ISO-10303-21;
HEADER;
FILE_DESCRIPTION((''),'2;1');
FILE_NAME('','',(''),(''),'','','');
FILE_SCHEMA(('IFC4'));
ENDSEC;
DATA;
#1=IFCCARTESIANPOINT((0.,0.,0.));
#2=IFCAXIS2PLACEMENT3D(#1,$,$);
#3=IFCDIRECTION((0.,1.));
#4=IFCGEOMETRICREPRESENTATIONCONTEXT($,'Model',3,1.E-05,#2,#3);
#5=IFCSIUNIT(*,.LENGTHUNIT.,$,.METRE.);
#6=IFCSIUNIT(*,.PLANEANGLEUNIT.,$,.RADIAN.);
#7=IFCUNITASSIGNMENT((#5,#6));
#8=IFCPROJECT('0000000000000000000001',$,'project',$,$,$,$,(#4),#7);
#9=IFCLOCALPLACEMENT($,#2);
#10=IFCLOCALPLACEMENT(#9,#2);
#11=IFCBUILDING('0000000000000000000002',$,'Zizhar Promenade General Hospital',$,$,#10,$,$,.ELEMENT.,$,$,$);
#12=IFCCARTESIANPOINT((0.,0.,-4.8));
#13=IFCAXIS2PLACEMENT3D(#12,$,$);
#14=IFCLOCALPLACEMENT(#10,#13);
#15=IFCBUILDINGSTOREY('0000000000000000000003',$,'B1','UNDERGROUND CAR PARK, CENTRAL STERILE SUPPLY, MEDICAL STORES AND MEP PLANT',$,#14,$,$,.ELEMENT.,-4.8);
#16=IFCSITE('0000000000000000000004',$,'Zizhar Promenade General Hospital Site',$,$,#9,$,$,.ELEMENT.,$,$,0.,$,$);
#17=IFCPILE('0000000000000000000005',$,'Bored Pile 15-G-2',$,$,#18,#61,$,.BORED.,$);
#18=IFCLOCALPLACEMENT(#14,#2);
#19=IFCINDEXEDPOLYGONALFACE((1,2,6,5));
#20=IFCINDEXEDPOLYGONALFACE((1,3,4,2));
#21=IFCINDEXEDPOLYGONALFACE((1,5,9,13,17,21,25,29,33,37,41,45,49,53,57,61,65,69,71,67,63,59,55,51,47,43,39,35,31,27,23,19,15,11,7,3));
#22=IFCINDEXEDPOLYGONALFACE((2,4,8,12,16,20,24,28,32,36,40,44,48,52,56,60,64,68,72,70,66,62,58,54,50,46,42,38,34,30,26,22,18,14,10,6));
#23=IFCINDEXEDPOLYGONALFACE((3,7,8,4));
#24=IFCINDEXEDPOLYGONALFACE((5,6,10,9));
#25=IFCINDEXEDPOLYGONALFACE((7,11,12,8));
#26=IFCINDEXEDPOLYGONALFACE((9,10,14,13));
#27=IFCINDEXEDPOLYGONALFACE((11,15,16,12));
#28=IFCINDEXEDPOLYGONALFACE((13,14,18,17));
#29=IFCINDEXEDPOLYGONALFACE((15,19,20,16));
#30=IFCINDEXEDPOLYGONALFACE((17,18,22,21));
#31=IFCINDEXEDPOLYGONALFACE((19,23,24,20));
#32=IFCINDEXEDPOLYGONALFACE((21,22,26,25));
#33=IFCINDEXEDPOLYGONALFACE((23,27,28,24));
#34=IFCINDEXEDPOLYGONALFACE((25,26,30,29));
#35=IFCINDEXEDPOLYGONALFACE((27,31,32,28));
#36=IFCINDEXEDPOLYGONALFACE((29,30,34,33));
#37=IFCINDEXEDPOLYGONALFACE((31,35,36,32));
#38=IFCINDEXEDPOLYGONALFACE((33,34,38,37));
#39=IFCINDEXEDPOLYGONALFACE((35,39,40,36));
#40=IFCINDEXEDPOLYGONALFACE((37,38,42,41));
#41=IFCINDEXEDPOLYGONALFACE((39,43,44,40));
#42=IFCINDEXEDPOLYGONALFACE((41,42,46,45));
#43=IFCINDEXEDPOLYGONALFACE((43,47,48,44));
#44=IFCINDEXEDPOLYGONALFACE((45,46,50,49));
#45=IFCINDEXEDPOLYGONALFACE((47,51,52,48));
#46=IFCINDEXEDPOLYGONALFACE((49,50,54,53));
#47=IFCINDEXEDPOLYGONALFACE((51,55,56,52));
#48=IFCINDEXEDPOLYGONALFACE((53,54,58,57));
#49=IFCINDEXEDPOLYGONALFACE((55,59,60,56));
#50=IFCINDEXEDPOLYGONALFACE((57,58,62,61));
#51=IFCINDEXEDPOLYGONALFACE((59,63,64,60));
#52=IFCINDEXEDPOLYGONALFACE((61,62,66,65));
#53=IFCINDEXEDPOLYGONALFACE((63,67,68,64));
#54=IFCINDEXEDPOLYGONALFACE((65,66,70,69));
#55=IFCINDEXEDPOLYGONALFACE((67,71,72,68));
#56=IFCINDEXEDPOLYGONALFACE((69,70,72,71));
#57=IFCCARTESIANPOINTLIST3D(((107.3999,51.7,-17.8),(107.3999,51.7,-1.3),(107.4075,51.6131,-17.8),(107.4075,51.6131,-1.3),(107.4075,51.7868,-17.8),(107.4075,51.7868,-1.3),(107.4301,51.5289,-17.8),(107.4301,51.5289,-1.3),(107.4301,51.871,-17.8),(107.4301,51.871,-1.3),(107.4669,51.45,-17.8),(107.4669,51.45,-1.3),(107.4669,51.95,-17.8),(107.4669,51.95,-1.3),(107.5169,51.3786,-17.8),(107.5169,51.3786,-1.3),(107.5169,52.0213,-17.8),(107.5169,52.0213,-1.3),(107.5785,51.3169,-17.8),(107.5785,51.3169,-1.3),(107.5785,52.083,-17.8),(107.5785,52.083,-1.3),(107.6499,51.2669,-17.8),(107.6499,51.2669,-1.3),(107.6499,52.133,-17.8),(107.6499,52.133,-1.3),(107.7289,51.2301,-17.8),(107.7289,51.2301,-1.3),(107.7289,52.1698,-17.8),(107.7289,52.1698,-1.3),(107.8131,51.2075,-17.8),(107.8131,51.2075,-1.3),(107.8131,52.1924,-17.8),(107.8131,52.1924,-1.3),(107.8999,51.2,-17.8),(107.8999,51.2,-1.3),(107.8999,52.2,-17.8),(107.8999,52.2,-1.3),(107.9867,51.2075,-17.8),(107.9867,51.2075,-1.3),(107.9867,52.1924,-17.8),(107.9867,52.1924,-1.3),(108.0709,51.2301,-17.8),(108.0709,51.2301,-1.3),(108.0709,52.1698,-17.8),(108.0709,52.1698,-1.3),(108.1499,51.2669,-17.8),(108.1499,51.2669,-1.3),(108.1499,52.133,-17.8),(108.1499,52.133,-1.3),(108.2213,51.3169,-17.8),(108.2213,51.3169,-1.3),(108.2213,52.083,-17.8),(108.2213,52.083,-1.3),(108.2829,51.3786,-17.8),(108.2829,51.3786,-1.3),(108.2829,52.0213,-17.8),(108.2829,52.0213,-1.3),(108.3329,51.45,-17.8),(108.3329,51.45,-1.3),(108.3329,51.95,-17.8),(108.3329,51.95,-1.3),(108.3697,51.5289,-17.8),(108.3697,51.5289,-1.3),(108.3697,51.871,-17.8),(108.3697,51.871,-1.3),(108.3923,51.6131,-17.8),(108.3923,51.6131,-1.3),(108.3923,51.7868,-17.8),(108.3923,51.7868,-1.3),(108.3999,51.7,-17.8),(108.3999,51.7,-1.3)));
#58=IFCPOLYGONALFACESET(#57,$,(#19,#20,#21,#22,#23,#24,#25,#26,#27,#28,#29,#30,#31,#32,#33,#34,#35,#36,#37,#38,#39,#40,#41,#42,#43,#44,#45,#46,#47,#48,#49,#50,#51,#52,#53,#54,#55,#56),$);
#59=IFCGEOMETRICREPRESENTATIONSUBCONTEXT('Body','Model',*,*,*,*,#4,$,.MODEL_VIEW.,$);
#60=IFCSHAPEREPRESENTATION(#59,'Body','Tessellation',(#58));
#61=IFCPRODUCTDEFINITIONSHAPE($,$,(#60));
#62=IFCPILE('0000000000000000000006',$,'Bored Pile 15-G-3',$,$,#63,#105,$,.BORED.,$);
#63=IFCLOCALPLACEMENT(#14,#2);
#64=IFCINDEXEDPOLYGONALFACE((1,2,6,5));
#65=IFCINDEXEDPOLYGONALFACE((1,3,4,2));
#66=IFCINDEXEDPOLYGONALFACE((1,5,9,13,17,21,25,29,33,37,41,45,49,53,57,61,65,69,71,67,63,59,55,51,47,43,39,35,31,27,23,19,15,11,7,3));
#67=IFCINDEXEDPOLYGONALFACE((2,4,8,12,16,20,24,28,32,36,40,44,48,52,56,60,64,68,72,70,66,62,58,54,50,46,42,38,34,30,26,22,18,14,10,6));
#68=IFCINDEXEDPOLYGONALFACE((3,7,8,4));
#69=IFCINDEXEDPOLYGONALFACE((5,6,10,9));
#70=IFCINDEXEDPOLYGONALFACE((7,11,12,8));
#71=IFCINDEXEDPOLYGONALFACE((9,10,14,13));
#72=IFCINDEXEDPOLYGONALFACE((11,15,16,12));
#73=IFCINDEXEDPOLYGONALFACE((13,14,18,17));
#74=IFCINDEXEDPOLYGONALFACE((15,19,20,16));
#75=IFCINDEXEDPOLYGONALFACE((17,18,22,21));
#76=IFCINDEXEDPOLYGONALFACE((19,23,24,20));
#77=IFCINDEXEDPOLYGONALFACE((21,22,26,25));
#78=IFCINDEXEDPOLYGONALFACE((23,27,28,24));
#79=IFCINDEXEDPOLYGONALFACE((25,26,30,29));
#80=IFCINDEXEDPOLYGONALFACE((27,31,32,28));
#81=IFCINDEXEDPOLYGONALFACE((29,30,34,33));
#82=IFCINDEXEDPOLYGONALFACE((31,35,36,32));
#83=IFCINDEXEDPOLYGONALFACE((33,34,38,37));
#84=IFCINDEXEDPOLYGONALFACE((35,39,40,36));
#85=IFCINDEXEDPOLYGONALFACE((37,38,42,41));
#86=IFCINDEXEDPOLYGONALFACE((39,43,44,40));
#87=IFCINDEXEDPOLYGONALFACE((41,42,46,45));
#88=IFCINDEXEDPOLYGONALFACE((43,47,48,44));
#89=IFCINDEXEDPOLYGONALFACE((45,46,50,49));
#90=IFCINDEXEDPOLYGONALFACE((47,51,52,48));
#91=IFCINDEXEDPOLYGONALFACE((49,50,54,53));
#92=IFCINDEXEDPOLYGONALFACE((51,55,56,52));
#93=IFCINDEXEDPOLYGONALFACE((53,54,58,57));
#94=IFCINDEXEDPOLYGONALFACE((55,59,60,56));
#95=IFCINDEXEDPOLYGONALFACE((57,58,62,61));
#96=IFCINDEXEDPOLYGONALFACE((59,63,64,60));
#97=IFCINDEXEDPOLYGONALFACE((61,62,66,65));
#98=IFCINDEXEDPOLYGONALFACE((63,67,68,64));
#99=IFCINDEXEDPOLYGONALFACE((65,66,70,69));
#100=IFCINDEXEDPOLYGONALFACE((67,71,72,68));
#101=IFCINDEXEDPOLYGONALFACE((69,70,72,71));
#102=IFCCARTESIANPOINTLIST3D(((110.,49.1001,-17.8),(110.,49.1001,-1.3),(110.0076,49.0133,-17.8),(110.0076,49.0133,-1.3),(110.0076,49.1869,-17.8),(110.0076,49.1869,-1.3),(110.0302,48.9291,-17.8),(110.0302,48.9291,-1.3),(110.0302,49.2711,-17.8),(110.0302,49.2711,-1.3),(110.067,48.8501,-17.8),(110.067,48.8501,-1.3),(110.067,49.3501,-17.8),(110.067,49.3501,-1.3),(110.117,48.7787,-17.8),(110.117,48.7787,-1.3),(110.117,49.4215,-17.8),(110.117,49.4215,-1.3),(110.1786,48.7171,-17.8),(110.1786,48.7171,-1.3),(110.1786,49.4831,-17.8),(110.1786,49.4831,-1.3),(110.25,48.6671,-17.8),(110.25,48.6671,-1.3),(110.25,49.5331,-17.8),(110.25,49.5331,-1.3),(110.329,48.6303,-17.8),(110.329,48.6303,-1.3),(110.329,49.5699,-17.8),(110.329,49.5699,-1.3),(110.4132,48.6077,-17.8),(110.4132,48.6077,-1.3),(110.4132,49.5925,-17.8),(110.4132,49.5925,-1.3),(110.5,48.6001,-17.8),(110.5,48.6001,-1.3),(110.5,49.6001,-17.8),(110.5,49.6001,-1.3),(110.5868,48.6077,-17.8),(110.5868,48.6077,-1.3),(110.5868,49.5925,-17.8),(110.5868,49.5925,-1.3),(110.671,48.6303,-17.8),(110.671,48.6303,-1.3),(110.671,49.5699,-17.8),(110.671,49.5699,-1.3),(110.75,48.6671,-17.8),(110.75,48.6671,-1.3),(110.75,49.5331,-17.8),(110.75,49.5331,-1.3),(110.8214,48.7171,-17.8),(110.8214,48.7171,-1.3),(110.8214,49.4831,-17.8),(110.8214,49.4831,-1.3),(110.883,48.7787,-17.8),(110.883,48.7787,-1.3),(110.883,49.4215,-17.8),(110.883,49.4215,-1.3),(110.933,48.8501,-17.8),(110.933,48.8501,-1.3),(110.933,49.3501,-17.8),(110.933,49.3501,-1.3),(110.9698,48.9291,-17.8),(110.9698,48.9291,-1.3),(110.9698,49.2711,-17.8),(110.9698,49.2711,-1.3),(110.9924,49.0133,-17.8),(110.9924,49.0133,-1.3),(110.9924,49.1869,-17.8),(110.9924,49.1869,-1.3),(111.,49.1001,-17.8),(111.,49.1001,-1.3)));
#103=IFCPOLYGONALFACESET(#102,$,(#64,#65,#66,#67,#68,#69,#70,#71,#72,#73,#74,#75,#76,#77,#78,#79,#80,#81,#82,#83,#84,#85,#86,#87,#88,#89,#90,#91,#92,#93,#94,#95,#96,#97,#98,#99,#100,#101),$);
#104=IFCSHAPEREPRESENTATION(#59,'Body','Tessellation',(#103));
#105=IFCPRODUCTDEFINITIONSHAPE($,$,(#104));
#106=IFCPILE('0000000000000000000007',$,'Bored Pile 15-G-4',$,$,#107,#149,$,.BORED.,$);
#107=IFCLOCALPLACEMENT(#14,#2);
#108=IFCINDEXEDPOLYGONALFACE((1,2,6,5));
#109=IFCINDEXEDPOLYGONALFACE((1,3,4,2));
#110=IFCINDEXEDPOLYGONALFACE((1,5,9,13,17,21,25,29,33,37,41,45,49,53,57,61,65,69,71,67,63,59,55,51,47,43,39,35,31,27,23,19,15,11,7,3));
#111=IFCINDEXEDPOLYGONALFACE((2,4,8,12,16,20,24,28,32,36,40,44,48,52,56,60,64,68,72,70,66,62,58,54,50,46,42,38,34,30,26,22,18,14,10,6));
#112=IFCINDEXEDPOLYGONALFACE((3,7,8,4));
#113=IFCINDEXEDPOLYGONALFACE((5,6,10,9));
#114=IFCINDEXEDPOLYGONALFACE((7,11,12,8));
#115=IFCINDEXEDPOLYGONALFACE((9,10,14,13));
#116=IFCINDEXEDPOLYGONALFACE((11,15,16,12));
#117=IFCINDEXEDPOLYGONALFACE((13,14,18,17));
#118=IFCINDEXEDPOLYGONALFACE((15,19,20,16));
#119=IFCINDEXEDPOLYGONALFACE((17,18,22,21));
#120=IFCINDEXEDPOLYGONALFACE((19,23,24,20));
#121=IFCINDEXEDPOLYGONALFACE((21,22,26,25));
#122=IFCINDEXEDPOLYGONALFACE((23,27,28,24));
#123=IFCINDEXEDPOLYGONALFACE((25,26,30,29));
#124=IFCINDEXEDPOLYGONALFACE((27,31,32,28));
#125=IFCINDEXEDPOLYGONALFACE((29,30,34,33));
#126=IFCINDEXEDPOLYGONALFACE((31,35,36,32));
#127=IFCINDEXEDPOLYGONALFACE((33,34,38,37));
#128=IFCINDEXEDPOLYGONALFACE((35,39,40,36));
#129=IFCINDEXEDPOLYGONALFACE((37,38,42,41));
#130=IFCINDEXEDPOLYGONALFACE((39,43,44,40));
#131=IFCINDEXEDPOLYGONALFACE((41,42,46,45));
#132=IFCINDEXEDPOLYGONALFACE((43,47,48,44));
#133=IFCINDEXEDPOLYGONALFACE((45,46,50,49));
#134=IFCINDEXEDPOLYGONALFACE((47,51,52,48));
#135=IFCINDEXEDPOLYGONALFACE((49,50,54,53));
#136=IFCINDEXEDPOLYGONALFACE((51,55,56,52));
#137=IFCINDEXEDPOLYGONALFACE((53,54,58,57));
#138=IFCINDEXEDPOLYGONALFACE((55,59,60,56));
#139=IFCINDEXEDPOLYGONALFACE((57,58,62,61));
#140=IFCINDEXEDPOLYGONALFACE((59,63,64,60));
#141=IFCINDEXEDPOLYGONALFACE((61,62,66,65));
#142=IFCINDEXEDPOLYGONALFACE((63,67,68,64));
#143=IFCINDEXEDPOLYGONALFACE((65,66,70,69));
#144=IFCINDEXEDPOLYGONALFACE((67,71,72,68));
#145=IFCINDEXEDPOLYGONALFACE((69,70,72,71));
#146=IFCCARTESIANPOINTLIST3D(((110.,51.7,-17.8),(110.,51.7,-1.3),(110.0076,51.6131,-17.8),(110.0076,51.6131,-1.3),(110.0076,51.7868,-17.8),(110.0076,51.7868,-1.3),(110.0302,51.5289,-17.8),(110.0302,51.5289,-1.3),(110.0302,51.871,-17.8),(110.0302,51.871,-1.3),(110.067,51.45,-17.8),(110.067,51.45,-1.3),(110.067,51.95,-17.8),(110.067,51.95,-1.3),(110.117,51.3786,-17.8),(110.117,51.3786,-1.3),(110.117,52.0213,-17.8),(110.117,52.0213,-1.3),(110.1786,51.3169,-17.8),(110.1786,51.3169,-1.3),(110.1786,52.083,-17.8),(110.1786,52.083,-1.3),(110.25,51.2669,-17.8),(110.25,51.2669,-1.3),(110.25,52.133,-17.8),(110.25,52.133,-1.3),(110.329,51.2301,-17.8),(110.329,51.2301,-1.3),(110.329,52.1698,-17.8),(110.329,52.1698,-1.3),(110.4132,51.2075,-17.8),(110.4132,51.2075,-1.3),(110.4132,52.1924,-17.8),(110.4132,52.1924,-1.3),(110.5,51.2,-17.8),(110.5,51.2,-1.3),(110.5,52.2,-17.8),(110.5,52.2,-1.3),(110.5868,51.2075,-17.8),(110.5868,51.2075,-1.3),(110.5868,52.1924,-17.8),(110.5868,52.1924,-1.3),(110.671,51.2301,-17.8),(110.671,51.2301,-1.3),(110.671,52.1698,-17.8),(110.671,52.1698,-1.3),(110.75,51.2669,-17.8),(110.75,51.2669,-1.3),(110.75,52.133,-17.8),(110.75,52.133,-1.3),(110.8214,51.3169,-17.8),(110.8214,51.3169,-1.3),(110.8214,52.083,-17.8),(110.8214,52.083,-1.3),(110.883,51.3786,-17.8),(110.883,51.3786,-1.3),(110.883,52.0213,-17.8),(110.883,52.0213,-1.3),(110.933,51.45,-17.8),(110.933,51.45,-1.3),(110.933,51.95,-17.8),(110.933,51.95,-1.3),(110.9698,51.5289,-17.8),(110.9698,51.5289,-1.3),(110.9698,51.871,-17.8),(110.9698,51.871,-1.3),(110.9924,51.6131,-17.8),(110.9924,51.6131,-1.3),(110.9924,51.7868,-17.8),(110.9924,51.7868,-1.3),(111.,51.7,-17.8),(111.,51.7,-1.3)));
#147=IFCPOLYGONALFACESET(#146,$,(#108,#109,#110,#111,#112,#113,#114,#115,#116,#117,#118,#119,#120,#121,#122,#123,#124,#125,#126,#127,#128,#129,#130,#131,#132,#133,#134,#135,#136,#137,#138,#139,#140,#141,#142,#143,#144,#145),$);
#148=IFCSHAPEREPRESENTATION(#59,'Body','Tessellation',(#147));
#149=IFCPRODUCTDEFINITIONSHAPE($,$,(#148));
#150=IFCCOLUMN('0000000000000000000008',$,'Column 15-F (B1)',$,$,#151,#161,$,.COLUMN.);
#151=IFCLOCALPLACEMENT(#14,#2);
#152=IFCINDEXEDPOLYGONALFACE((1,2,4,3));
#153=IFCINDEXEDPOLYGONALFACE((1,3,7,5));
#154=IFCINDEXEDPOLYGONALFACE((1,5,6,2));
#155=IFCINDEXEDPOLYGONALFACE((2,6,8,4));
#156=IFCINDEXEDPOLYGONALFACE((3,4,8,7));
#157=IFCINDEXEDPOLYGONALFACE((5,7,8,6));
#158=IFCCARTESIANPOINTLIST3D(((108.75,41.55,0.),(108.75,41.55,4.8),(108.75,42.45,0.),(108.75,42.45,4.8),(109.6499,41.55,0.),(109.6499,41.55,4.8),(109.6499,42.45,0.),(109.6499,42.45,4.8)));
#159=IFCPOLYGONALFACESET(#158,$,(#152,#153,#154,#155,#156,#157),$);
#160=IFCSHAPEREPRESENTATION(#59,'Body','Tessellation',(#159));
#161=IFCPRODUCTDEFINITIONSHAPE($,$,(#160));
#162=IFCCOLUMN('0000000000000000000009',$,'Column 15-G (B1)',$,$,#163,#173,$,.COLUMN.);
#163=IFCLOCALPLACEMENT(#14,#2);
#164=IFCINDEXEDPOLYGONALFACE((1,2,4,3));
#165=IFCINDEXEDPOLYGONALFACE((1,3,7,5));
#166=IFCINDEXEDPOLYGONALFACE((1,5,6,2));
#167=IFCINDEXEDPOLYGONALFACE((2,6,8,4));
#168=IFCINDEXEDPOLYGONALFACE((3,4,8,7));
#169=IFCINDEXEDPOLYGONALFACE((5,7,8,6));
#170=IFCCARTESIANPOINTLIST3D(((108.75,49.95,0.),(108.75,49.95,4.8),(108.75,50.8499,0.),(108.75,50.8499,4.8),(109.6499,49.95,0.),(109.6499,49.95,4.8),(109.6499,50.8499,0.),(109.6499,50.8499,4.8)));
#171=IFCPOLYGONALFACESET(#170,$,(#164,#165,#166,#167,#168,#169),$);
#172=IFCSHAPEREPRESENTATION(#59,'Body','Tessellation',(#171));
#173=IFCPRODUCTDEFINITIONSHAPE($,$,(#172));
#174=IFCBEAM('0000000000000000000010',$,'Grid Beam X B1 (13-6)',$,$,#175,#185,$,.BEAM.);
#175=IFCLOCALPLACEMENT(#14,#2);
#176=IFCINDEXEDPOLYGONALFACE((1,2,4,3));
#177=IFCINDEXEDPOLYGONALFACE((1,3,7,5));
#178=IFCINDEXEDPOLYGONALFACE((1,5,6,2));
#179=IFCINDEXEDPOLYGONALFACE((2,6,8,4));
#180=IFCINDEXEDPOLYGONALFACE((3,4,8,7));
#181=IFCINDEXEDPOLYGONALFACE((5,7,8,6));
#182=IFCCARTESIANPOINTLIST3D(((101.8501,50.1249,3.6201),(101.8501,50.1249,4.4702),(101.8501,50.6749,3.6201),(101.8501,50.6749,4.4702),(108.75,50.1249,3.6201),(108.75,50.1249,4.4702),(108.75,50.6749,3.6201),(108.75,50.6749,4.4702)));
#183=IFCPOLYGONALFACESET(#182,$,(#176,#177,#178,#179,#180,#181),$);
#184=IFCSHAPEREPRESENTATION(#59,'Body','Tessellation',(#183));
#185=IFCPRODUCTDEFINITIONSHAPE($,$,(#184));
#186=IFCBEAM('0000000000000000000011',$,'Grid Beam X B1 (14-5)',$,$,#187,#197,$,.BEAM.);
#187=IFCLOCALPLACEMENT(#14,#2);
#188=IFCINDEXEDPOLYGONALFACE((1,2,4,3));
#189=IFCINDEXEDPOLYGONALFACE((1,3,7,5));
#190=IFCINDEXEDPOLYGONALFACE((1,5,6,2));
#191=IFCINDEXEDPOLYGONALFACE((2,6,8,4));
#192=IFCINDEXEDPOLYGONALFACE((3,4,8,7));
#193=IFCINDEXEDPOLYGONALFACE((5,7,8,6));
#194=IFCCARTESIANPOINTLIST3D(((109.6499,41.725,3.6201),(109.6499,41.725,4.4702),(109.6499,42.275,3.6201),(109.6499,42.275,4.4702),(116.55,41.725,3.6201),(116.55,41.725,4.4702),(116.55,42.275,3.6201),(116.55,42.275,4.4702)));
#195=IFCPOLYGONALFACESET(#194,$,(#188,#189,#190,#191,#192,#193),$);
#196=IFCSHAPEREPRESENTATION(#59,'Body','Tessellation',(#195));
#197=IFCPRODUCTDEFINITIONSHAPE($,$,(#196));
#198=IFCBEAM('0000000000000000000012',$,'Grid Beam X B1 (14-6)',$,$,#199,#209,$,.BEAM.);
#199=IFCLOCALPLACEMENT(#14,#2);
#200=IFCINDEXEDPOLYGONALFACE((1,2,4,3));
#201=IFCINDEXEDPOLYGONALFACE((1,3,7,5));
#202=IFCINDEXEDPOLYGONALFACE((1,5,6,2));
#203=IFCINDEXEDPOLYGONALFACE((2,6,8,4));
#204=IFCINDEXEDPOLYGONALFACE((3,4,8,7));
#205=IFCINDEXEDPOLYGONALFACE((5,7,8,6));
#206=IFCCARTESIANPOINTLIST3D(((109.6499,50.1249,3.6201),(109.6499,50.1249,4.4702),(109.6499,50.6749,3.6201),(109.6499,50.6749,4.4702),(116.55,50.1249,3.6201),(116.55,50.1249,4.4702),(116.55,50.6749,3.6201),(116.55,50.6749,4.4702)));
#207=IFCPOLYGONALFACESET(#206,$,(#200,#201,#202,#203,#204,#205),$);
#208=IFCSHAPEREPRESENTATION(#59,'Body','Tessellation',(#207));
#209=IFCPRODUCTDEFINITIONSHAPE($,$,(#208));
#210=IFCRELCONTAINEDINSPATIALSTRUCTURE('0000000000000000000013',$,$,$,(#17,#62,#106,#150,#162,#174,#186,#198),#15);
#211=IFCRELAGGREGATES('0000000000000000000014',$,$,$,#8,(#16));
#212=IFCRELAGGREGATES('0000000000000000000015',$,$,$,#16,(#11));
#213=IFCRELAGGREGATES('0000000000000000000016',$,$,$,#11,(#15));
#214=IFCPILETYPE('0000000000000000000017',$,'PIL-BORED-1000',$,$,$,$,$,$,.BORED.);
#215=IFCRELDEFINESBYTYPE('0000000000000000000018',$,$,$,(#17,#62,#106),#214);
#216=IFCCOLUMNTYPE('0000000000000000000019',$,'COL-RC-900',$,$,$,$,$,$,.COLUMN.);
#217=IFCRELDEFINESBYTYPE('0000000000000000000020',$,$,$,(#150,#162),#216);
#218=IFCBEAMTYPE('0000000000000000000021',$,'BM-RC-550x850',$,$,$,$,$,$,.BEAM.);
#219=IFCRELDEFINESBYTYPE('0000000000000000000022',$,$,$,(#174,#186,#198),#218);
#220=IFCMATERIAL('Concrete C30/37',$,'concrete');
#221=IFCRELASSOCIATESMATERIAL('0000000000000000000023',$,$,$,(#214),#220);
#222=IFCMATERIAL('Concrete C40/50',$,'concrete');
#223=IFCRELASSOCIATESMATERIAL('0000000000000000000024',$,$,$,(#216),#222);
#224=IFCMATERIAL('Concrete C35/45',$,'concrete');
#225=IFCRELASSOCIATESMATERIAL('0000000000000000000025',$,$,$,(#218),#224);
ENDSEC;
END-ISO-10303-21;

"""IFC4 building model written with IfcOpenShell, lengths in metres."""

from ifc_helpers import new_model, si_unit, direction, frame, origin, origin_2d, place, context, subcontext, project, spatial, rectangle, circle, extrude, material, material_profile, profile_set, type_object, element, save


model = new_model("IFC4")

# Units and contexts
model_context = context("Model", 3, precision=1e-05, world=origin(), true_north=direction((0.0, 1.0)))
body_context = subcontext(model_context, "Body", "Model", "MODEL_VIEW")
ifc_project = project(units=[si_unit("LENGTHUNIT", "METRE"), si_unit("PLANEANGLEUNIT", "RADIAN")], contexts=[model_context])

# Site, building, storey
site_placement = place(None, origin())
site = spatial("IfcSite", under=ifc_project, at=site_placement, Name="Zizhar Promenade General Hospital Site", CompositionType="ELEMENT", RefElevation=0.0)
building_placement = place(site_placement, origin())
building = spatial("IfcBuilding", under=site, at=building_placement, Name="Zizhar Promenade General Hospital", CompositionType="ELEMENT")
storey_placement = place(building_placement, frame((0.0, 0.0, -4.8)))
storey = spatial("IfcBuildingStorey", under=building, at=storey_placement, Name="B1", Description="UNDERGROUND CAR PARK, CENTRAL STERILE SUPPLY, MEDICAL STORES AND MEP PLANT", CompositionType="ELEMENT", Elevation=-4.8)

# Piles
ifc_material_1 = material(Name="Concrete C30/37", Category="concrete")
ifc_material_profile_1 = material_profile(ifc_material_1, circle(Radius=0.5, at=origin_2d()))
ifc_profile_set_1 = profile_set([ifc_material_profile_1], Name="Concrete C30/37")
pile_type = type_object("IfcPileType", Name="PIL-BORED-1000", PredefinedType="BORED", material=ifc_profile_set_1)
for number, where, z_axis, x_axis, name in (
    (1, (107.8999, 51.7, -1.3), (0.0, 0.0, -1.0), (1.0, 0.0, 0.0), "Bored Pile 15-G-2"),
    (2, (110.5, 49.1001, -1.3), (0.0, 0.0, -1.0), (1.0, 0.0, 0.0), "Bored Pile 15-G-3"),
    (3, (110.5, 51.7, -1.3), (0.0, 0.0, -1.0), (1.0, 0.0, 0.0), "Bored Pile 15-G-4"),
):
    element("IfcPile", number, at=place(storey_placement, frame(where, z_axis=z_axis, x_axis=x_axis)), inside=storey, type_object=pile_type, Name=name, PredefinedType="BORED", context=body_context, shape_type="SweptSolid", body=[
        extrude(circle(Radius=0.5, at=origin_2d()), origin(), (0.0, 0.0, 1.0), 16.5),
    ])

# Columns
ifc_material_2 = material(Name="Concrete C40/50", Category="concrete")
ifc_material_profile_2 = material_profile(ifc_material_2, rectangle(XDim=0.8999, YDim=0.8999, at=origin_2d()))
ifc_profile_set_2 = profile_set([ifc_material_profile_2], Name="Concrete C40/50")
column_type = type_object("IfcColumnType", Name="COL-RC-900", PredefinedType="COLUMN", material=ifc_profile_set_2)
for number, where, z_axis, x_axis, name in (
    (4, (109.2, 42.0, 0.0), (0.0, 0.0, 1.0), (1.0, 0.0, 0.0), "Column 15-F (B1)"),
    (5, (109.2, 50.3999, 0.0), (0.0, 0.0, 1.0), (1.0, 0.0, 0.0), "Column 15-G (B1)"),
):
    element("IfcColumn", number, at=place(storey_placement, frame(where, z_axis=z_axis, x_axis=x_axis)), inside=storey, type_object=column_type, Name=name, PredefinedType="COLUMN", context=body_context, shape_type="SweptSolid", body=[
        extrude(rectangle(XDim=0.8999, YDim=0.8999, at=origin_2d()), origin(), (0.0, 0.0, 1.0), 4.8),
    ])

# Beams
ifc_material_3 = material(Name="Concrete C35/45", Category="concrete")
ifc_material_profile_3 = material_profile(ifc_material_3, rectangle(XDim=0.55, YDim=0.8501, at=origin_2d()))
ifc_profile_set_3 = profile_set([ifc_material_profile_3], Name="Concrete C35/45")
beam_type_1 = type_object("IfcBeamType", Name="BM-RC-550x850", PredefinedType="BEAM", material=ifc_profile_set_3)
beam_1_placement = place(storey_placement, frame((101.8501, 50.3999, 4.0452), z_axis=(1.0, 0.0, 0.0), x_axis=(0.0, 1.0, 0.0)))
element("IfcBeam", 6, at=beam_1_placement, inside=storey, type_object=beam_type_1, Name="Grid Beam X B1 (13-6)", PredefinedType="BEAM", context=body_context, shape_type="SweptSolid", body=[
    extrude(rectangle(XDim=0.55, YDim=0.8501, at=origin_2d()), origin(), (0.0, 0.0, 1.0), 6.8999),
])
for number, where, z_axis, x_axis, name in (
    (7, (109.6499, 42.0, 4.0452), (1.0, 0.0, 0.0), (0.0, 1.0, 0.0), "Grid Beam X B1 (14-5)"),
    (8, (109.6499, 50.3999, 4.0452), (1.0, 0.0, 0.0), (0.0, 1.0, 0.0), "Grid Beam X B1 (14-6)"),
):
    element("IfcBeam", number, at=place(storey_placement, frame(where, z_axis=z_axis, x_axis=x_axis)), inside=storey, type_object=beam_type_1, Name=name, PredefinedType="BEAM", context=body_context, shape_type="SweptSolid", body=[
        extrude(rectangle(XDim=0.55, YDim=0.8501, at=origin_2d()), origin(), (0.0, 0.0, 1.0), 6.9001),
    ])

save(model, "model.ifc")
